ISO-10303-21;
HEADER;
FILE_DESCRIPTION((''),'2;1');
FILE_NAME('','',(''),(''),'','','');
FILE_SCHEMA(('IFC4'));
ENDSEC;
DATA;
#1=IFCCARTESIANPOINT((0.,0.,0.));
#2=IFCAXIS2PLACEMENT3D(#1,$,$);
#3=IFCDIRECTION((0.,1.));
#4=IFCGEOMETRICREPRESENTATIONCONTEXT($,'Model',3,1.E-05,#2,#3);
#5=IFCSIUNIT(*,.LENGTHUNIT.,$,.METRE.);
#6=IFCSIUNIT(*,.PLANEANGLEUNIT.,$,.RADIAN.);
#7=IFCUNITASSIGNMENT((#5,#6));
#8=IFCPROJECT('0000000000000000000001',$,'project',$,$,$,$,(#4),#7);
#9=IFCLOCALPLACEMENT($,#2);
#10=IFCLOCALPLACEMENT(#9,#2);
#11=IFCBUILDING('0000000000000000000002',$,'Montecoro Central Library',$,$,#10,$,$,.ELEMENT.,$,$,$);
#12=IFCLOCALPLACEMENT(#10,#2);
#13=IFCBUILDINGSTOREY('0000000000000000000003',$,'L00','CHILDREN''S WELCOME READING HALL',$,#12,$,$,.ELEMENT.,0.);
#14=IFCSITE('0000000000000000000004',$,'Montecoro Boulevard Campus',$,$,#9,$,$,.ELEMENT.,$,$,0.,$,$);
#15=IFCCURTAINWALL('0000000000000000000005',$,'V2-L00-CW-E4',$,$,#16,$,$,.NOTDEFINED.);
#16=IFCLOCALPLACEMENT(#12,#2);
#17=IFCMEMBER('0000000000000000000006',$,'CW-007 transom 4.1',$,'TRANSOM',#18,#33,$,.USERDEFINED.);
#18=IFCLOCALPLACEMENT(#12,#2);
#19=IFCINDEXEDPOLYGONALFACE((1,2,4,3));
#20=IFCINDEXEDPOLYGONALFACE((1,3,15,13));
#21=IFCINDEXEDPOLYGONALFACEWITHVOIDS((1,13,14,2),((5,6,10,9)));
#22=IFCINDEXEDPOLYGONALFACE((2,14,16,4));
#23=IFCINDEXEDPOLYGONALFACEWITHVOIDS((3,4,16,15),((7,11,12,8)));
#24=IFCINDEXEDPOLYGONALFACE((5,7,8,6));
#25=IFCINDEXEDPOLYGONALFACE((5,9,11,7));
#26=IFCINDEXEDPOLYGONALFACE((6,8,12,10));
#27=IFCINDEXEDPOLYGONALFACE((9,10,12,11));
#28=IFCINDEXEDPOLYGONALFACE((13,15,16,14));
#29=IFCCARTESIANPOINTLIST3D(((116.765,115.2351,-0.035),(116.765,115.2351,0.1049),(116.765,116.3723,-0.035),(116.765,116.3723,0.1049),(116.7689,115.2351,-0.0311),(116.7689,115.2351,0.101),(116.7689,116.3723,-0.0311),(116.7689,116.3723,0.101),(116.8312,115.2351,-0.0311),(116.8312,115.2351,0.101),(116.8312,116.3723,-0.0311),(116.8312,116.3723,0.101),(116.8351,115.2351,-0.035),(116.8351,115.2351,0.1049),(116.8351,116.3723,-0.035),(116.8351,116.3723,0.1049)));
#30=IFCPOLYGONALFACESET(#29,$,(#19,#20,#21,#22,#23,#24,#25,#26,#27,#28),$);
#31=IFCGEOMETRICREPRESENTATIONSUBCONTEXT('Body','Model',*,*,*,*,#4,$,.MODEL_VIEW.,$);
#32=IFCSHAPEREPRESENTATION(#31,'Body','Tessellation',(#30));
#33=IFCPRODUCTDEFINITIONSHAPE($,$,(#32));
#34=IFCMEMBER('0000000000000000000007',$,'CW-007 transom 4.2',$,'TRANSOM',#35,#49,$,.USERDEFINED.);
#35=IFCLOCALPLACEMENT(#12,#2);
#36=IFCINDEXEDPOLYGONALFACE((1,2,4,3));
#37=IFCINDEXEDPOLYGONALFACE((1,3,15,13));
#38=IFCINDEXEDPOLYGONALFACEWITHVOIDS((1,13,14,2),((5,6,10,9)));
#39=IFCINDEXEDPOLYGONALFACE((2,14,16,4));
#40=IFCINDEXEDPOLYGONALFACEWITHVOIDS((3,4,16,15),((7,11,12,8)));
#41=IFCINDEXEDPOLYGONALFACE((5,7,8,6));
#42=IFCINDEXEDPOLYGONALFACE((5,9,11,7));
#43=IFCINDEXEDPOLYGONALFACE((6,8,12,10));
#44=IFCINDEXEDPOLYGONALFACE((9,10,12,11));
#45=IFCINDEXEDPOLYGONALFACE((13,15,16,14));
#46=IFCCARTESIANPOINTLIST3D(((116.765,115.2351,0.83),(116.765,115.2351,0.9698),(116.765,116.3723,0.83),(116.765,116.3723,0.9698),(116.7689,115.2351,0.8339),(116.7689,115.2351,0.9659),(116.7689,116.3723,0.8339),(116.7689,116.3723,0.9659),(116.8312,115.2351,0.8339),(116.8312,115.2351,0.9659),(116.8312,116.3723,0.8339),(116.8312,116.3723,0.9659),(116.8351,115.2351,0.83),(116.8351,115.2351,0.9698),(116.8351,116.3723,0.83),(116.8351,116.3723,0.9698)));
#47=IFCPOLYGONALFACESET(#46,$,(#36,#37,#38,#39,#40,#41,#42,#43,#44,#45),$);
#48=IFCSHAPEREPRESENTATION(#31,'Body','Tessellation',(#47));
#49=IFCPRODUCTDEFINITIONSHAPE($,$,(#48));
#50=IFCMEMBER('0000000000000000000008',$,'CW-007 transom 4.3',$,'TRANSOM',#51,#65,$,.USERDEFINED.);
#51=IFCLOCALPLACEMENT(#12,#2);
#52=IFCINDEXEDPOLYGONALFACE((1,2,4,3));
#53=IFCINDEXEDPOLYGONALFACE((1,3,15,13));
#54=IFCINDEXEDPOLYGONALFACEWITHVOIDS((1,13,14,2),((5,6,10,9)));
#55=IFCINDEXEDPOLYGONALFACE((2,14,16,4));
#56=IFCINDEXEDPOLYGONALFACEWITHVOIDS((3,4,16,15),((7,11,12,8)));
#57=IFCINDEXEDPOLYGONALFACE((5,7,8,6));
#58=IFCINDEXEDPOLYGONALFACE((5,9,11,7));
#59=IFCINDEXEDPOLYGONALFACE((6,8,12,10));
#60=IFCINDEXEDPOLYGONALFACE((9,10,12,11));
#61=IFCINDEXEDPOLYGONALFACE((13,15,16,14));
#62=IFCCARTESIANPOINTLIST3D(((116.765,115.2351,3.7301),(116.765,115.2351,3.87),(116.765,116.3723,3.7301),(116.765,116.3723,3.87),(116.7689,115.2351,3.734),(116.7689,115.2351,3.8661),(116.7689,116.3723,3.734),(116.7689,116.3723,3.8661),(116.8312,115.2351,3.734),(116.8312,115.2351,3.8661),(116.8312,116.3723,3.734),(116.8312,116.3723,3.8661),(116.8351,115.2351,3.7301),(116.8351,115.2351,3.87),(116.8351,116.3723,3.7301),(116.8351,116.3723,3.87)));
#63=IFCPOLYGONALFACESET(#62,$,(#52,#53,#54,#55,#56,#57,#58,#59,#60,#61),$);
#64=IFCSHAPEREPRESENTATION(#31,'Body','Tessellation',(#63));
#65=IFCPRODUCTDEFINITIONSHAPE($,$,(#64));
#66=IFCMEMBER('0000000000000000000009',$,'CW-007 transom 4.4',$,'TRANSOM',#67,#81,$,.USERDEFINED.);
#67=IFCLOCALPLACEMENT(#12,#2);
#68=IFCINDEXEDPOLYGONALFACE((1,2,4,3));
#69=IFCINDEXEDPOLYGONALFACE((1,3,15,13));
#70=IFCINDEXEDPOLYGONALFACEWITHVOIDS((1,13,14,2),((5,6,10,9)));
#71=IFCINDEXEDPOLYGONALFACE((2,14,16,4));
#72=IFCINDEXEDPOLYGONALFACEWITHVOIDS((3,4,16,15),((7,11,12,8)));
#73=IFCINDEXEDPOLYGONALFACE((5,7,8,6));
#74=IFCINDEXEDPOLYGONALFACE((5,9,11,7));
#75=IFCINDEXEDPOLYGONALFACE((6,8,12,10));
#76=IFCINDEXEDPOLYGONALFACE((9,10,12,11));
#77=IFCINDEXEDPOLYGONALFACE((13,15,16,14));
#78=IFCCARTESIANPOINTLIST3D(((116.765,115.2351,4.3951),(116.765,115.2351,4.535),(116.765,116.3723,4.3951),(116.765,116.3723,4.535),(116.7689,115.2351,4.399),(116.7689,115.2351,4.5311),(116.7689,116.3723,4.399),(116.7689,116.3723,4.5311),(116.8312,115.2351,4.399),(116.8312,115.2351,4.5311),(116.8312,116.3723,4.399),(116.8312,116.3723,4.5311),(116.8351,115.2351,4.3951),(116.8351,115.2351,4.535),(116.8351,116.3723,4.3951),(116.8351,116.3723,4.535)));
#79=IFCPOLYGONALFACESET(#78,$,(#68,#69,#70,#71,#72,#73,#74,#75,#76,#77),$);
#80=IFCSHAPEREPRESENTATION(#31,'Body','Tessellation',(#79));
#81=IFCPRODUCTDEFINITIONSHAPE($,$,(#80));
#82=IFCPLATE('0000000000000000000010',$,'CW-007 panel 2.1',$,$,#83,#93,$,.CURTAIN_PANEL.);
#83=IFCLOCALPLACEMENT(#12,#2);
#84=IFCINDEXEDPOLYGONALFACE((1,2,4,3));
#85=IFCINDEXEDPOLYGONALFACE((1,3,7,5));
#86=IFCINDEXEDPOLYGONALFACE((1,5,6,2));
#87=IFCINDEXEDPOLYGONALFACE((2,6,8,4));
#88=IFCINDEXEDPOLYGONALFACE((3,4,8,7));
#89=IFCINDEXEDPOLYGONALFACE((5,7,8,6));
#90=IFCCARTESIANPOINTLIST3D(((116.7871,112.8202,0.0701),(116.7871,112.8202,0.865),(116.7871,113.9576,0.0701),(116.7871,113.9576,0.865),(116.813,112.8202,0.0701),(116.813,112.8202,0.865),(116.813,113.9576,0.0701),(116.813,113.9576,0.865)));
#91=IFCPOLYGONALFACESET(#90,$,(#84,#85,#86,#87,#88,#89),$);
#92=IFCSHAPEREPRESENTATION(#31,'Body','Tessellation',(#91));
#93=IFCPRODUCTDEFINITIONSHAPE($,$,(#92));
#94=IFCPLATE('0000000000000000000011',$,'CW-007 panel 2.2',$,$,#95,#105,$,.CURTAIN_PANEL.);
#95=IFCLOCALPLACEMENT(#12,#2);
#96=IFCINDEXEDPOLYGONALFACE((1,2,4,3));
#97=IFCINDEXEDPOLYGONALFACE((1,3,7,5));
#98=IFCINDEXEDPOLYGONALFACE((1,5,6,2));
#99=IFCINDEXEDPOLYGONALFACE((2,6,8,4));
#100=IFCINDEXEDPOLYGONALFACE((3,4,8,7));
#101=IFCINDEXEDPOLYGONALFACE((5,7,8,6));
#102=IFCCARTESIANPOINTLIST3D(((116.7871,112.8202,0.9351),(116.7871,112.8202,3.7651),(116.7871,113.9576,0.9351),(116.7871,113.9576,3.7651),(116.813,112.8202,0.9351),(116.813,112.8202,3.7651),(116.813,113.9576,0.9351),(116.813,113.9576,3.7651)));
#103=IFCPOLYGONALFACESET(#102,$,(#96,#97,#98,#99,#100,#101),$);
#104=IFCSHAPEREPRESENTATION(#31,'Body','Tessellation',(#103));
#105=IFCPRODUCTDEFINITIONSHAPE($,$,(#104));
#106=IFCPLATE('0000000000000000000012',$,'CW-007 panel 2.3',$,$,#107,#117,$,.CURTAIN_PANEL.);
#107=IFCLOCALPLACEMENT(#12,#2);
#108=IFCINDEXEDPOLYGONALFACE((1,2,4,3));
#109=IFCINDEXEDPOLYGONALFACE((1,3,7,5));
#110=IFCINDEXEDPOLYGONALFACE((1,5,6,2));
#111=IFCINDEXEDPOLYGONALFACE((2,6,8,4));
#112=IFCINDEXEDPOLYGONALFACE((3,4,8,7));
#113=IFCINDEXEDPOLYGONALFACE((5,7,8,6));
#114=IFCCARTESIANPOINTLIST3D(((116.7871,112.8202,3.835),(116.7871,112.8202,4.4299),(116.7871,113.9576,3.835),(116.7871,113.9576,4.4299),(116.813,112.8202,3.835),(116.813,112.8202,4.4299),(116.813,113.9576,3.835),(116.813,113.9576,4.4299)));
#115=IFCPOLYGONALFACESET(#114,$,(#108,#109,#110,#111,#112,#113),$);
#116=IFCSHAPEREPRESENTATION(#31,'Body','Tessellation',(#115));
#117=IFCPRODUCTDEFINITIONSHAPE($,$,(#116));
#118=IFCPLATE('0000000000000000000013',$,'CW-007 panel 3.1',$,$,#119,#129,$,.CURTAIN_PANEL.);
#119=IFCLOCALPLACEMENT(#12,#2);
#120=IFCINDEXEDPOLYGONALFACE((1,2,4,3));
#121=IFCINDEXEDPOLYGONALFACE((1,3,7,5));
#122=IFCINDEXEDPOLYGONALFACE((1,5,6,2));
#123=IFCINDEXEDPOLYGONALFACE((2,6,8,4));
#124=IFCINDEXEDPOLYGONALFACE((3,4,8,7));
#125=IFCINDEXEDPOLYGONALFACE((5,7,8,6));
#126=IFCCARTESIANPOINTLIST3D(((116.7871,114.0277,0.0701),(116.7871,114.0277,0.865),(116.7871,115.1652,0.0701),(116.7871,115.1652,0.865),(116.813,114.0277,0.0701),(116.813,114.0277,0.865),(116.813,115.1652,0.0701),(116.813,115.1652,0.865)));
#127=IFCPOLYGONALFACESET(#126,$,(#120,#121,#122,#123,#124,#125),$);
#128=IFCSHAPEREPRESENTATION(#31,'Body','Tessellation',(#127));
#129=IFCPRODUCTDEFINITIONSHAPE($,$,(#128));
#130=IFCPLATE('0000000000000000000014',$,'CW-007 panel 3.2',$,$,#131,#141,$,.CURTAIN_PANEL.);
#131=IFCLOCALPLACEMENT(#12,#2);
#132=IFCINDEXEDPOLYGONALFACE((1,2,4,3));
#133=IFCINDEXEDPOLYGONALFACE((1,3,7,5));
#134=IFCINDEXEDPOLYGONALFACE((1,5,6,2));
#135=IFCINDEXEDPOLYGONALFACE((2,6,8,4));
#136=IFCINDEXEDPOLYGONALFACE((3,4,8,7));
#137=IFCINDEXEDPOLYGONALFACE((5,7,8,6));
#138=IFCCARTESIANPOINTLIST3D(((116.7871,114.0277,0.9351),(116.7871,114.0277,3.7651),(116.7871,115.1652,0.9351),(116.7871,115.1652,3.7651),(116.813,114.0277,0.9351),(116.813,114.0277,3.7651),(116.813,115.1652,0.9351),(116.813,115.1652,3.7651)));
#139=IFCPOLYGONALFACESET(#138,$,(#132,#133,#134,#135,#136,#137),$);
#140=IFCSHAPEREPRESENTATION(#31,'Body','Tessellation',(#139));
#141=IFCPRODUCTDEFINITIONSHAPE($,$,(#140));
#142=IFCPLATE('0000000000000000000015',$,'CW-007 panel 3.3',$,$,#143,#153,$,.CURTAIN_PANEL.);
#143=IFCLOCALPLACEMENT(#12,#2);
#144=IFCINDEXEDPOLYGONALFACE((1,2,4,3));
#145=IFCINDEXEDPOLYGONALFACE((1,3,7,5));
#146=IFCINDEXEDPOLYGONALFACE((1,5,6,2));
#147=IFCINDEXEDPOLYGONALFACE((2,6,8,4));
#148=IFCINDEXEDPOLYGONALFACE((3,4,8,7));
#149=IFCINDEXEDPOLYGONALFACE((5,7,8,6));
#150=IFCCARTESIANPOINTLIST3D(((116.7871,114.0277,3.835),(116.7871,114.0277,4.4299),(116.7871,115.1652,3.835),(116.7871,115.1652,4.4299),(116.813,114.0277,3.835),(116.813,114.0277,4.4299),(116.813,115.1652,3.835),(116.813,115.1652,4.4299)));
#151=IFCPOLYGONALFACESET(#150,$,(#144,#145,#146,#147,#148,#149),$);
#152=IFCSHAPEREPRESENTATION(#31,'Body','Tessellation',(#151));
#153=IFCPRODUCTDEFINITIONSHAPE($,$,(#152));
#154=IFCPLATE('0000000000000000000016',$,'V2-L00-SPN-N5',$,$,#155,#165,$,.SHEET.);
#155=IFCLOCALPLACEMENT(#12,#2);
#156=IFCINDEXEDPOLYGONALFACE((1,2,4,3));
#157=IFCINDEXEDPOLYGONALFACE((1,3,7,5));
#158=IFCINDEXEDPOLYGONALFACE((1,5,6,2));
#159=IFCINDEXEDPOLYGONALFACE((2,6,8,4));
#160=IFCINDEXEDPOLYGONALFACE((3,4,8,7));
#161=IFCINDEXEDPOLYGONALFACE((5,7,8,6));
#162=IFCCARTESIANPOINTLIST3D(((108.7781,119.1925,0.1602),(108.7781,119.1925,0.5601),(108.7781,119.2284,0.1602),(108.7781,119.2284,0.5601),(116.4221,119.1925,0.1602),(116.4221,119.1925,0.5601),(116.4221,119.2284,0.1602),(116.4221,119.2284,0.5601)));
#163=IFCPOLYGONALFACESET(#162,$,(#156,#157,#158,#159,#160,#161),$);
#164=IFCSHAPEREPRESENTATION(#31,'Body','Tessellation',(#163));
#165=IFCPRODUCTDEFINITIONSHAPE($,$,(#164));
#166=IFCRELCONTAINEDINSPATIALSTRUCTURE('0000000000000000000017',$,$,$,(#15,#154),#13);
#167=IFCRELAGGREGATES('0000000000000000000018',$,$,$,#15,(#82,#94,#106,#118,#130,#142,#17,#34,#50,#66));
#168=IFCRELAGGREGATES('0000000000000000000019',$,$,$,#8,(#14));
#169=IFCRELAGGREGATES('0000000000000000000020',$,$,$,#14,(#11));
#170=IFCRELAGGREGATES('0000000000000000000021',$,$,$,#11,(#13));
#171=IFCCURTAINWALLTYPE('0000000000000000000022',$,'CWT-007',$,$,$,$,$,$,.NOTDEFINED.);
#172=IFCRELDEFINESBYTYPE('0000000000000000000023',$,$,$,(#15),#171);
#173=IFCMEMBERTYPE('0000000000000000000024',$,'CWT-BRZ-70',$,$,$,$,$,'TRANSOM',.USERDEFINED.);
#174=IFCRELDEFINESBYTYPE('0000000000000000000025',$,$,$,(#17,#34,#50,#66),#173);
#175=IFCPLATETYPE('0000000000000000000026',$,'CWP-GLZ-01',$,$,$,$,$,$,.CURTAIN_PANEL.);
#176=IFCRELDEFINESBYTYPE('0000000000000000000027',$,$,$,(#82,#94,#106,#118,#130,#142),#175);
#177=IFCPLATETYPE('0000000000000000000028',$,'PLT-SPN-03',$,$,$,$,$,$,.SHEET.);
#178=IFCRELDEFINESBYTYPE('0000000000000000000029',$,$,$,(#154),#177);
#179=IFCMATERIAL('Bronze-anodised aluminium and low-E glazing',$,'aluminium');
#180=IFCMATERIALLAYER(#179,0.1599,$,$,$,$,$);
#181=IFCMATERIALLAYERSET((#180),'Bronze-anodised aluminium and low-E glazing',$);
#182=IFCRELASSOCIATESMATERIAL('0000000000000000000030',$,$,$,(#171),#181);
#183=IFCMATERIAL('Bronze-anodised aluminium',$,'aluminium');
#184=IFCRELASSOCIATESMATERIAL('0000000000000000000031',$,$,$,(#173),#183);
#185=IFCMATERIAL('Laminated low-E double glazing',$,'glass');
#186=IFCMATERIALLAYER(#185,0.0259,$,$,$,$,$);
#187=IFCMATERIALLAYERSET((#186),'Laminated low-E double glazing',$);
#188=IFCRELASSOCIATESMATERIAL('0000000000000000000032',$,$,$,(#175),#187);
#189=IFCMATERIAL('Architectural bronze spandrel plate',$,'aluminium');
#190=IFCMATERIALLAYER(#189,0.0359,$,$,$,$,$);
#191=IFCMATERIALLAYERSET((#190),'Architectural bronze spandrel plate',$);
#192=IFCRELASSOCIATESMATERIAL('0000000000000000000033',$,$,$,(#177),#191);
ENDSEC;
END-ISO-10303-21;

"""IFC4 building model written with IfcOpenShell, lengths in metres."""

from ifc_helpers import new_model, si_unit, direction, frame, origin, origin_2d, place, context, subcontext, project, spatial, rectangle, hollow_rectangle, extrude, material, layer, layer_set, material_profile, profile_set, type_object, element, aggregate, save


model = new_model("IFC4")

# Units and contexts
model_context = context("Model", 3, precision=1e-05, world=origin(), true_north=direction((0.0, 1.0)))
body_context = subcontext(model_context, "Body", "Model", "MODEL_VIEW")
ifc_project = project(units=[si_unit("LENGTHUNIT", "METRE"), si_unit("PLANEANGLEUNIT", "RADIAN")], contexts=[model_context])

# Site, building, storey
site_placement = place(None, origin())
site = spatial("IfcSite", under=ifc_project, at=site_placement, Name="Montecoro Boulevard Campus", CompositionType="ELEMENT", RefElevation=0.0)
building_placement = place(site_placement, origin())
building = spatial("IfcBuilding", under=site, at=building_placement, Name="Montecoro Central Library", CompositionType="ELEMENT")
storey_placement = place(building_placement, origin())
storey = spatial("IfcBuildingStorey", under=building, at=storey_placement, Name="L00", Description="CHILDREN'S WELCOME READING HALL", CompositionType="ELEMENT", Elevation=0.0)

# Curtain wall, members, plates
ifc_material_1 = material(Name="Bronze-anodised aluminium and low-E glazing", Category="aluminium")
ifc_layer_1 = layer(ifc_material_1, 0.1599)
ifc_layer_set_1 = layer_set([ifc_layer_1], Name="Bronze-anodised aluminium and low-E glazing")
curtain_wall_type = type_object("IfcCurtainWallType", Name="CWT-007", PredefinedType="NOTDEFINED", material=ifc_layer_set_1)
curtain_wall_placement = place(storey_placement, origin())
curtain_wall = element("IfcCurtainWall", 1, at=curtain_wall_placement, inside=storey, type_object=curtain_wall_type, Name="V2-L00-CW-E4", PredefinedType="NOTDEFINED")
ifc_material_2 = material(Name="Bronze-anodised aluminium", Category="aluminium")
ifc_material_profile_1 = material_profile(ifc_material_2, hollow_rectangle(XDim=0.0701, YDim=0.1399, WallThickness=0.0039, at=origin_2d()), Name="CWT 140x70x4.0")
ifc_profile_set_1 = profile_set([ifc_material_profile_1], Name="Bronze-anodised aluminium")
member_type_1 = type_object("IfcMemberType", Name="CWT-BRZ-70", ElementType="TRANSOM", PredefinedType="USERDEFINED", material=ifc_profile_set_1)
member_1_placement = place(storey_placement, frame((116.8, 115.2351, 0.0349), z_axis=(0.0, 1.0, 0.0), x_axis=(-1.0, 0.0, 0.0)))
member_1 = element("IfcMember", 2, at=member_1_placement, type_object=member_type_1, Name="CW-007 transom 4.1", ObjectType="TRANSOM", PredefinedType="USERDEFINED", context=body_context, shape_type="SweptSolid", body=[
    extrude(hollow_rectangle(XDim=0.0701, YDim=0.1399, WallThickness=0.0039, at=origin_2d()), origin(), (0.0, 0.0, 1.0), 1.1372),
])
member_2_placement = place(storey_placement, frame((116.8, 115.2351, 0.8999), z_axis=(0.0, 1.0, 0.0), x_axis=(-1.0, 0.0, 0.0)))
member_2 = element("IfcMember", 3, at=member_2_placement, type_object=member_type_1, Name="CW-007 transom 4.2", ObjectType="TRANSOM", PredefinedType="USERDEFINED", context=body_context, shape_type="SweptSolid", body=[
    extrude(hollow_rectangle(XDim=0.0701, YDim=0.1399, WallThickness=0.0039, at=origin_2d()), origin(), (0.0, 0.0, 1.0), 1.1372),
])
member_3_placement = place(storey_placement, frame((116.8, 115.2351, 3.8), z_axis=(0.0, 1.0, 0.0), x_axis=(-1.0, 0.0, 0.0)))
member_3 = element("IfcMember", 4, at=member_3_placement, type_object=member_type_1, Name="CW-007 transom 4.3", ObjectType="TRANSOM", PredefinedType="USERDEFINED", context=body_context, shape_type="SweptSolid", body=[
    extrude(hollow_rectangle(XDim=0.0701, YDim=0.1399, WallThickness=0.0039, at=origin_2d()), origin(), (0.0, 0.0, 1.0), 1.1372),
])
member_4_placement = place(storey_placement, frame((116.8, 115.2351, 4.4651), z_axis=(0.0, 1.0, 0.0), x_axis=(-1.0, 0.0, 0.0)))
member_4 = element("IfcMember", 5, at=member_4_placement, type_object=member_type_1, Name="CW-007 transom 4.4", ObjectType="TRANSOM", PredefinedType="USERDEFINED", context=body_context, shape_type="SweptSolid", body=[
    extrude(hollow_rectangle(XDim=0.0701, YDim=0.1399, WallThickness=0.0039, at=origin_2d()), origin(), (0.0, 0.0, 1.0), 1.1372),
])
ifc_material_3 = material(Name="Laminated low-E double glazing", Category="glass")
ifc_layer_2 = layer(ifc_material_3, 0.0259)
ifc_layer_set_2 = layer_set([ifc_layer_2], Name="Laminated low-E double glazing")
plate_type_1 = type_object("IfcPlateType", Name="CWP-GLZ-01", PredefinedType="CURTAIN_PANEL", material=ifc_layer_set_2)
plate_1_placement = place(storey_placement, frame((116.8, 113.3889, 0.0701), z_axis=(0.0, 0.0, 1.0), x_axis=(0.0, 1.0, 0.0)))
plate_1 = element("IfcPlate", 6, at=plate_1_placement, type_object=plate_type_1, Name="CW-007 panel 2.1", PredefinedType="CURTAIN_PANEL", context=body_context, shape_type="SweptSolid", body=[
    extrude(rectangle(XDim=1.1375, YDim=0.0259, at=origin_2d()), origin(), (0.0, 0.0, 1.0), 0.7949),
])
plate_2_placement = place(storey_placement, frame((116.8, 113.3889, 0.9351), z_axis=(0.0, 0.0, 1.0), x_axis=(0.0, 1.0, 0.0)))
plate_2 = element("IfcPlate", 7, at=plate_2_placement, type_object=plate_type_1, Name="CW-007 panel 2.2", PredefinedType="CURTAIN_PANEL", context=body_context, shape_type="SweptSolid", body=[
    extrude(rectangle(XDim=1.1375, YDim=0.0259, at=origin_2d()), origin(), (0.0, 0.0, 1.0), 2.8301),
])
plate_3_placement = place(storey_placement, frame((116.8, 113.3889, 3.835), z_axis=(0.0, 0.0, 1.0), x_axis=(0.0, 1.0, 0.0)))
plate_3 = element("IfcPlate", 8, at=plate_3_placement, type_object=plate_type_1, Name="CW-007 panel 2.3", PredefinedType="CURTAIN_PANEL", context=body_context, shape_type="SweptSolid", body=[
    extrude(rectangle(XDim=1.1375, YDim=0.0259, at=origin_2d()), origin(), (0.0, 0.0, 1.0), 0.595),
])
plate_4_placement = place(storey_placement, frame((116.8, 114.5964, 0.0701), z_axis=(0.0, 0.0, 1.0), x_axis=(0.0, 1.0, 0.0)))
plate_4 = element("IfcPlate", 9, at=plate_4_placement, type_object=plate_type_1, Name="CW-007 panel 3.1", PredefinedType="CURTAIN_PANEL", context=body_context, shape_type="SweptSolid", body=[
    extrude(rectangle(XDim=1.1375, YDim=0.0259, at=origin_2d()), origin(), (0.0, 0.0, 1.0), 0.7949),
])
plate_5_placement = place(storey_placement, frame((116.8, 114.5964, 0.9351), z_axis=(0.0, 0.0, 1.0), x_axis=(0.0, 1.0, 0.0)))
plate_5 = element("IfcPlate", 10, at=plate_5_placement, type_object=plate_type_1, Name="CW-007 panel 3.2", PredefinedType="CURTAIN_PANEL", context=body_context, shape_type="SweptSolid", body=[
    extrude(rectangle(XDim=1.1375, YDim=0.0259, at=origin_2d()), origin(), (0.0, 0.0, 1.0), 2.8301),
])
plate_6_placement = place(storey_placement, frame((116.8, 114.5964, 3.835), z_axis=(0.0, 0.0, 1.0), x_axis=(0.0, 1.0, 0.0)))
plate_6 = element("IfcPlate", 11, at=plate_6_placement, type_object=plate_type_1, Name="CW-007 panel 3.3", PredefinedType="CURTAIN_PANEL", context=body_context, shape_type="SweptSolid", body=[
    extrude(rectangle(XDim=1.1375, YDim=0.0259, at=origin_2d()), origin(), (0.0, 0.0, 1.0), 0.595),
])
aggregate(curtain_wall, [plate_1, plate_2, plate_3, plate_4, plate_5, plate_6, member_1, member_2, member_3, member_4])

# Plate
ifc_material_4 = material(Name="Architectural bronze spandrel plate", Category="aluminium")
ifc_layer_3 = layer(ifc_material_4, 0.0359)
ifc_layer_set_3 = layer_set([ifc_layer_3], Name="Architectural bronze spandrel plate")
plate_type_2 = type_object("IfcPlateType", Name="PLT-SPN-03", PredefinedType="SHEET", material=ifc_layer_set_3)
plate_7_placement = place(storey_placement, frame((112.6001, 119.2104, 0.1602), z_axis=(0.0, 0.0, 1.0), x_axis=(-1.0, 0.0, 0.0)))
element("IfcPlate", 12, at=plate_7_placement, inside=storey, type_object=plate_type_2, Name="V2-L00-SPN-N5", PredefinedType="SHEET", context=body_context, shape_type="SweptSolid", body=[
    extrude(rectangle(XDim=7.644, YDim=0.0359, at=origin_2d()), origin(), (0.0, 0.0, 1.0), 0.3999),
])

save(model, "model.ifc")
